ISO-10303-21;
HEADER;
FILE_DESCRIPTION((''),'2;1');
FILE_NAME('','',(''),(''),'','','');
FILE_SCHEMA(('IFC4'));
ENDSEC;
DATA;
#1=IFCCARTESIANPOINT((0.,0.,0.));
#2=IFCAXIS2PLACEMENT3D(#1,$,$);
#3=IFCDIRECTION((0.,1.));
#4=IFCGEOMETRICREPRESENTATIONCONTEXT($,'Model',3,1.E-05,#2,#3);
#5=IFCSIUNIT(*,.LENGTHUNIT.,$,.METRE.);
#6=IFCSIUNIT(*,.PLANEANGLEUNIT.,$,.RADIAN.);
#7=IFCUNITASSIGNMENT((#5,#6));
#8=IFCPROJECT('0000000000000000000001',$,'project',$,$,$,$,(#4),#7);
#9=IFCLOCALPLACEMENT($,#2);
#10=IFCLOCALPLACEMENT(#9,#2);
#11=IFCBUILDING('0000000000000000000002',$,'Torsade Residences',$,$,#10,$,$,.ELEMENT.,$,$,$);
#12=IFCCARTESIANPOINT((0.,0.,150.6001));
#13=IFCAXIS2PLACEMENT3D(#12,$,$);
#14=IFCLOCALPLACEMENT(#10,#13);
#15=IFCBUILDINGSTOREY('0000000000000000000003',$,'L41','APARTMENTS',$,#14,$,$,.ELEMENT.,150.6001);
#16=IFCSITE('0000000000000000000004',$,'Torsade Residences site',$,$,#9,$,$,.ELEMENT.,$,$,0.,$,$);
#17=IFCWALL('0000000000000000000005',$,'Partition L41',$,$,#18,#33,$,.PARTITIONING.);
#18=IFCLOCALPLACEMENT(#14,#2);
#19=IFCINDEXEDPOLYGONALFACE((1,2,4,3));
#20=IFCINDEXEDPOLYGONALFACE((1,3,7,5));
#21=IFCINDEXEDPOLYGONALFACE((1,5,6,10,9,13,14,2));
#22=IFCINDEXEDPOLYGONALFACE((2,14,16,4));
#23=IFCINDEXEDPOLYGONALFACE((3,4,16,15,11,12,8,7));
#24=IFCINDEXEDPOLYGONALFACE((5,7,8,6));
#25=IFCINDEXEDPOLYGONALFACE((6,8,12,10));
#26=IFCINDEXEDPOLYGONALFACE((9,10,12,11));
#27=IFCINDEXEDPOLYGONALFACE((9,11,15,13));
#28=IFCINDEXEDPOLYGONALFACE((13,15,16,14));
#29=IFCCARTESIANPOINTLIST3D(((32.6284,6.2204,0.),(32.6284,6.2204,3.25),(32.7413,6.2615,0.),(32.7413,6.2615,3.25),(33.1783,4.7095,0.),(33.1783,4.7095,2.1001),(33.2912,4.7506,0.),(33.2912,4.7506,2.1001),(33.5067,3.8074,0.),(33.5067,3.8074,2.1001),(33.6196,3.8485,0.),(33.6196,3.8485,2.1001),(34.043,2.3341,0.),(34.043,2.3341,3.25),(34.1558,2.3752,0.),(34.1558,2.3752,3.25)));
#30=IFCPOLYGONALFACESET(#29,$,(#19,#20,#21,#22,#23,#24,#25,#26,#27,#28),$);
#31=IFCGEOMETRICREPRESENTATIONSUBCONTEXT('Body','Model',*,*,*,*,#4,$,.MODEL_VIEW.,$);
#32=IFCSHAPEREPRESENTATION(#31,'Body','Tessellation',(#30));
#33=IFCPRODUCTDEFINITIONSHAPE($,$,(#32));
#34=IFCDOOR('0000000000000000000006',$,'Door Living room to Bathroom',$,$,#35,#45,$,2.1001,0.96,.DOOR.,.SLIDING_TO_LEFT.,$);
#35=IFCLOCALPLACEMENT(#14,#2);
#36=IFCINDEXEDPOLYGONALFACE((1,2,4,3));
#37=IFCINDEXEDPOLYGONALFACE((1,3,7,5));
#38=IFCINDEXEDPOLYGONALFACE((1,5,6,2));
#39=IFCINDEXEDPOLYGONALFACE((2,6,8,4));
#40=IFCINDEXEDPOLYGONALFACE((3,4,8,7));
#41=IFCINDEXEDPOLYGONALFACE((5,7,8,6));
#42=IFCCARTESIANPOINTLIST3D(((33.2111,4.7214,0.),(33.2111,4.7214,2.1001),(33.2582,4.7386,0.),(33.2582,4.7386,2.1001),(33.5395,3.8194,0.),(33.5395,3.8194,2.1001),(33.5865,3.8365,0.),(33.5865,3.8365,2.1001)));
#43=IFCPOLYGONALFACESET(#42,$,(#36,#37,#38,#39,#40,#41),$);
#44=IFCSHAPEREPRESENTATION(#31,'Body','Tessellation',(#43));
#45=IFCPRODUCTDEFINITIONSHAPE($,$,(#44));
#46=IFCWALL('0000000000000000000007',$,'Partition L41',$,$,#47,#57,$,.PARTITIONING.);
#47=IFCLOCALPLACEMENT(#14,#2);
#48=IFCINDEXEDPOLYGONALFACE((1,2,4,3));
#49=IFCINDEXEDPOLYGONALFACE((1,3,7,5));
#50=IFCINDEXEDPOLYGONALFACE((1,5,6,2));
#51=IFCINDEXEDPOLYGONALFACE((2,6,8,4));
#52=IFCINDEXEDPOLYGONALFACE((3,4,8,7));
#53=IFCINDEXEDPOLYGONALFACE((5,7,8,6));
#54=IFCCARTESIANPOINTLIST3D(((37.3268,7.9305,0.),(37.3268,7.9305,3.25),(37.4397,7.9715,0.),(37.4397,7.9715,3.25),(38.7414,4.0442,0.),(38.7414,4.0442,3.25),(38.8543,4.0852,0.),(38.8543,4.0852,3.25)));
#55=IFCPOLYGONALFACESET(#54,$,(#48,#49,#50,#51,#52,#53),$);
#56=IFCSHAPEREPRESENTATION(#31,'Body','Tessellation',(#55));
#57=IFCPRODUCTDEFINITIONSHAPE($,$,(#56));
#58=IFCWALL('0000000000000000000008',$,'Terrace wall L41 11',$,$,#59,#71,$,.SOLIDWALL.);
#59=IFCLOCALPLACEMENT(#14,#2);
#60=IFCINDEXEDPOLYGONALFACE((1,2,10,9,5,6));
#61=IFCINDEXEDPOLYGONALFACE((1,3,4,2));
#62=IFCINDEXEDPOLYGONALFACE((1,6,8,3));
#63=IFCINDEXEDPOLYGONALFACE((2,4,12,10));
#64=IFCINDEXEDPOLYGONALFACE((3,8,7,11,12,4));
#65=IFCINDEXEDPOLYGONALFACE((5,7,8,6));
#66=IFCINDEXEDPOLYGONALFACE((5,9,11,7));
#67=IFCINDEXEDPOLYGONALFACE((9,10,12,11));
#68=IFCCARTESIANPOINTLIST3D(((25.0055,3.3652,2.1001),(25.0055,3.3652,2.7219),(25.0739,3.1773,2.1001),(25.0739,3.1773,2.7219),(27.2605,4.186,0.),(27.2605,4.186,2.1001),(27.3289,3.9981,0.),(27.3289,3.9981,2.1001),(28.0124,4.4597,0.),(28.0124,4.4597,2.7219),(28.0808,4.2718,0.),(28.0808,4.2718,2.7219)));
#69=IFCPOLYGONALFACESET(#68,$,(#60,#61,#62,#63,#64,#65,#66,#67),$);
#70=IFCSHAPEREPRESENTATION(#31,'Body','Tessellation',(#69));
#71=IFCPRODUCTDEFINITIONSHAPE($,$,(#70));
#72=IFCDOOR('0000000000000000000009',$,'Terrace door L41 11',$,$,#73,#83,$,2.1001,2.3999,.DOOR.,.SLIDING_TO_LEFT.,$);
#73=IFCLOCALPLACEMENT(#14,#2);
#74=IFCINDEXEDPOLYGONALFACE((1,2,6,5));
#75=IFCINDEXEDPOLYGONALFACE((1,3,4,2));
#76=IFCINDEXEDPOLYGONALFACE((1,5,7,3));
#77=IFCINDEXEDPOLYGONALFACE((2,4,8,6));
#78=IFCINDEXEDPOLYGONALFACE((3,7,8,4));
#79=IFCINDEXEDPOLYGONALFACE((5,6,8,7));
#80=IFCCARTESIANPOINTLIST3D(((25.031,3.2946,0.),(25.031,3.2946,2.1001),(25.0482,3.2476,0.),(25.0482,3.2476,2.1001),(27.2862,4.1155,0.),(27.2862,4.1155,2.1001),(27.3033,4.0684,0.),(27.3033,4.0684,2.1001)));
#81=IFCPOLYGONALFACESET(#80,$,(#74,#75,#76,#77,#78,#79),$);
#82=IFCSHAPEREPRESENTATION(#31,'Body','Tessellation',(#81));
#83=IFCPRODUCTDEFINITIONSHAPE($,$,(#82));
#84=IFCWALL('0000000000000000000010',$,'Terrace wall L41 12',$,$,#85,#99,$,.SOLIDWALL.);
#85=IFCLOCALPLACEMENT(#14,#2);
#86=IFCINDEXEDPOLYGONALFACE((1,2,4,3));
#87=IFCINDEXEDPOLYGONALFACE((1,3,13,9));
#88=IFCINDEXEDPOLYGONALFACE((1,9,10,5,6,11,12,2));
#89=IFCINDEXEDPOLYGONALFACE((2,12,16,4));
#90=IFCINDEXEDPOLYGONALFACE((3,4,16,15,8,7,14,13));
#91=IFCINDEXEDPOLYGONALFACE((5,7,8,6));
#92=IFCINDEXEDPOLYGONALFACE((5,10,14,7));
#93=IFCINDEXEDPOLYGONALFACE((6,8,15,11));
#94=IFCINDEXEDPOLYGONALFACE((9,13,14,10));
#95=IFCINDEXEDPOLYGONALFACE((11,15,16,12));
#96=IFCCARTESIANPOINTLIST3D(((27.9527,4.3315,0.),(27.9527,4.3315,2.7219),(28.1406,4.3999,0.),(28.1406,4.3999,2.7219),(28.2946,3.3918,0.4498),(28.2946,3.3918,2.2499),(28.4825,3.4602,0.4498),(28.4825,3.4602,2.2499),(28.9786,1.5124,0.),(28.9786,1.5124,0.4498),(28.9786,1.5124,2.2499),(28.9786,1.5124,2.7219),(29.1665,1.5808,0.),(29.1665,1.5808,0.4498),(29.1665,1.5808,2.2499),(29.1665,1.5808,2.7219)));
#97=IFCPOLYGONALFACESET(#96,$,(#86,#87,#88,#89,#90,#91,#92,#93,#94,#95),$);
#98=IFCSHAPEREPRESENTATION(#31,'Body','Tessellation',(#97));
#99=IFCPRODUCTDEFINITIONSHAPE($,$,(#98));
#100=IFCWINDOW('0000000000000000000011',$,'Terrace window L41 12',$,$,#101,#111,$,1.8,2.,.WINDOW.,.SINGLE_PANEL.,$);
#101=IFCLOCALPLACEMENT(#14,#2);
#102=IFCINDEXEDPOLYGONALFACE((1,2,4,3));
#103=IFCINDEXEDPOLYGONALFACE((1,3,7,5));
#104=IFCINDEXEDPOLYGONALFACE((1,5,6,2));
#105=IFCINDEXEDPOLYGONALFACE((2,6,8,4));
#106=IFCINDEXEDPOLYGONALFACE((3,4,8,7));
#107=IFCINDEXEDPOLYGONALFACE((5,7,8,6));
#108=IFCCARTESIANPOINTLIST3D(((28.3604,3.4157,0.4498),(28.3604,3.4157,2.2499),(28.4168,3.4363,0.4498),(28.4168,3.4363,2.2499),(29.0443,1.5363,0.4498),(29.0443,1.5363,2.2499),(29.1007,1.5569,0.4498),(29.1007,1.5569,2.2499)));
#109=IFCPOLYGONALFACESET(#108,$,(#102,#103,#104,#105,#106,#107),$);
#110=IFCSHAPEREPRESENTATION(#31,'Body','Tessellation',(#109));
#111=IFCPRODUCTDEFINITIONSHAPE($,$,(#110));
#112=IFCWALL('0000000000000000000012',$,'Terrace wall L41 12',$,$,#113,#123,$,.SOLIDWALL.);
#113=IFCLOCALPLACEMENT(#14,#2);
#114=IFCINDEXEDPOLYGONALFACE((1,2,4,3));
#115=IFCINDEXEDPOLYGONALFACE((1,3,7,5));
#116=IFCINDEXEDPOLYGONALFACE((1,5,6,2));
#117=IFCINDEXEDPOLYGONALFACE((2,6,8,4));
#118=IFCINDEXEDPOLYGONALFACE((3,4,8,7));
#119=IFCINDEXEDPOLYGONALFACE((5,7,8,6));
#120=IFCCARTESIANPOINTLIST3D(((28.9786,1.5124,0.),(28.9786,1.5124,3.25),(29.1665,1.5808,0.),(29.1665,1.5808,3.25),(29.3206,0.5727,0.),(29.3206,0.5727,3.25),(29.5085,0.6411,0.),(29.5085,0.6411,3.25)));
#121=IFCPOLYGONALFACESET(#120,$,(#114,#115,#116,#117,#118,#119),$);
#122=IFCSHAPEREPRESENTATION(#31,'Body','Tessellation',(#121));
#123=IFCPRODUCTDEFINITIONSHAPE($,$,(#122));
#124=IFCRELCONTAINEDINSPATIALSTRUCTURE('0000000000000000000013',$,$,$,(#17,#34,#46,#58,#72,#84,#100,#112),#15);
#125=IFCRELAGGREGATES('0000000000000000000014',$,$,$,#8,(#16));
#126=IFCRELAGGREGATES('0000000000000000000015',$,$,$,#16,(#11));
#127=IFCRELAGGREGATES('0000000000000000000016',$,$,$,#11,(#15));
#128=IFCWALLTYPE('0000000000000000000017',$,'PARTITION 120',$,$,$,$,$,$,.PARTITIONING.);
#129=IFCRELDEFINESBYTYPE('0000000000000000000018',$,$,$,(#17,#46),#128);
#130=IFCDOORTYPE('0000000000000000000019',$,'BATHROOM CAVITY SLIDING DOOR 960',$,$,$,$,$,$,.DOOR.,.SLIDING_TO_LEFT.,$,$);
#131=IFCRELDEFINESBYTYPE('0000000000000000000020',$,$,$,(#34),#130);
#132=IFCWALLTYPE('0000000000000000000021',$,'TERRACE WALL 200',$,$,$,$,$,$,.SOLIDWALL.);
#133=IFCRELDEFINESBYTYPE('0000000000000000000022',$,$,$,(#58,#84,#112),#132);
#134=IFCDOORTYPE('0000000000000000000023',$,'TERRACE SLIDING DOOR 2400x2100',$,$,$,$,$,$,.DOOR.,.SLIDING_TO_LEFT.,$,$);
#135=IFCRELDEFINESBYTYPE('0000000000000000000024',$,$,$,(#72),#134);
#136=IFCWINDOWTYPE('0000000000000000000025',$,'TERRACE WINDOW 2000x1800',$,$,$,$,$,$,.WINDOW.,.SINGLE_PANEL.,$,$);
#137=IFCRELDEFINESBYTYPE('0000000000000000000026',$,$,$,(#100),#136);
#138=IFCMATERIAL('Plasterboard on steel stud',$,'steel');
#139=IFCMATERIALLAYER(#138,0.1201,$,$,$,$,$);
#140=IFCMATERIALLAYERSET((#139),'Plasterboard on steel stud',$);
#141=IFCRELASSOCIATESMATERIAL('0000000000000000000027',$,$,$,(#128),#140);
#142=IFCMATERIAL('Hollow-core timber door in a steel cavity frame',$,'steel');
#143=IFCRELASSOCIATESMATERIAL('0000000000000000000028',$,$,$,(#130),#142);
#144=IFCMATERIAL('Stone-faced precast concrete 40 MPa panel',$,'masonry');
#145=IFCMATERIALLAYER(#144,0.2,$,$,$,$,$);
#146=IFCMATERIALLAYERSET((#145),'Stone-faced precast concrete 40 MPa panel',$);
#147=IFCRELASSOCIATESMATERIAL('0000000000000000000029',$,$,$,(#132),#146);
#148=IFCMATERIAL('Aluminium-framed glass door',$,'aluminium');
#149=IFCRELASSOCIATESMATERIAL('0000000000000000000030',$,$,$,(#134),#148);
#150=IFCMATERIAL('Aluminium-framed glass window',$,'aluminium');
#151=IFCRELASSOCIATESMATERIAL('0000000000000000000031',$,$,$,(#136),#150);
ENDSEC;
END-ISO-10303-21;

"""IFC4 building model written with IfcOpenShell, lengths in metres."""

from ifc_helpers import new_model, si_unit, direction, frame, frame_2d, origin, place, context, subcontext, project, spatial, rectangle, extrude, material, layer, layer_set, type_object, element, fill, save


model = new_model("IFC4")

# Units and contexts
model_context = context("Model", 3, precision=1e-05, world=origin(), true_north=direction((0.0, 1.0)))
body_context = subcontext(model_context, "Body", "Model", "MODEL_VIEW")
ifc_project = project(units=[si_unit("LENGTHUNIT", "METRE"), si_unit("PLANEANGLEUNIT", "RADIAN")], contexts=[model_context])

# Site, building, storey
site_placement = place(None, origin())
site = spatial("IfcSite", under=ifc_project, at=site_placement, Name="Torsade Residences site", CompositionType="ELEMENT", RefElevation=0.0)
building_placement = place(site_placement, origin())
building = spatial("IfcBuilding", under=site, at=building_placement, Name="Torsade Residences", CompositionType="ELEMENT")
storey_placement = place(building_placement, frame((0.0, 0.0, 150.6001)))
storey = spatial("IfcBuildingStorey", under=building, at=storey_placement, Name="L41", Description="APARTMENTS", CompositionType="ELEMENT", Elevation=150.6001)

# Shared definitions
ifc_material_1 = material(Name="Plasterboard on steel stud", Category="steel")
ifc_layer_1 = layer(ifc_material_1, 0.1201)
ifc_layer_set_1 = layer_set([ifc_layer_1], Name="Plasterboard on steel stud")
wall_type_1 = type_object("IfcWallType", Name="PARTITION 120", PredefinedType="PARTITIONING", material=ifc_layer_set_1)

# Shared definitions
ifc_material_2 = material(Name="Hollow-core timber door in a steel cavity frame", Category="steel")
door_type_1 = type_object("IfcDoorType", Name="BATHROOM CAVITY SLIDING DOOR 960", OperationType="SLIDING_TO_LEFT", PredefinedType="DOOR", material=ifc_material_2)

# Wall, opening, door
wall_1_placement = place(storey_placement, frame((32.6848, 6.241, 0.0), z_axis=(0.0, 0.0, 1.0), x_axis=(0.342037, -0.939687, 0.0)))
wall_1 = element("IfcWall", 1, at=wall_1_placement, inside=storey, type_object=wall_type_1, Name="Partition L41", PredefinedType="PARTITIONING", context=body_context, shape_type="SweptSolid", body=[
    extrude(rectangle(XDim=4.1357, YDim=0.1201, at=frame_2d((2.0679, 0.0))), origin(), (0.0, 0.0, 1.0), 3.25),
])
opening_1_placement = place(wall_1_placement, frame((1.6079, 0.0, 0.0)))
opening_1 = element("IfcOpeningElement", 2, at=opening_1_placement, cuts=wall_1, PredefinedType="OPENING", context=body_context, shape_type="SweptSolid", body=[
    extrude(rectangle(XDim=0.96, YDim=2.1001, at=frame_2d((0.48, 1.05))), frame((0.0, 0.0701, 0.0), z_axis=(0.0, -1.0, 0.0), x_axis=(1.0, 0.0, 0.0)), (0.0, 0.0, 1.0), 0.1401),
])
door_1_placement = place(opening_1_placement, origin())
door_1 = element("IfcDoor", 3, at=door_1_placement, inside=storey, type_object=door_type_1, Name="Door Living room to Bathroom", OperationType="SLIDING_TO_LEFT", OverallHeight=2.1001, OverallWidth=0.96, PredefinedType="DOOR", context=body_context, shape_type="SweptSolid", body=[
    extrude(rectangle(XDim=0.96, YDim=2.1001, at=frame_2d((0.48, 1.05))), frame((0.0, 0.0249, 0.0), z_axis=(0.0, -1.0, 0.0), x_axis=(1.0, 0.0, 0.0)), (0.0, 0.0, 1.0), 0.05),
])
fill(opening_1, door_1)

# Wall
wall_2_placement = place(storey_placement, frame((38.7979, 4.0647, 0.0), z_axis=(0.0, 0.0, 1.0), x_axis=(-0.342037, 0.939687, 0.0)))
element("IfcWall", 4, at=wall_2_placement, inside=storey, type_object=wall_type_1, Name="Partition L41", PredefinedType="PARTITIONING", context=body_context, shape_type="SweptSolid", body=[
    extrude(rectangle(XDim=4.1357, YDim=0.1201, at=frame_2d((2.0679, 0.0))), origin(), (0.0, 0.0, 1.0), 3.25),
])

# Wall, opening, door
ifc_material_3 = material(Name="Stone-faced precast concrete 40 MPa panel", Category="masonry")
ifc_layer_2 = layer(ifc_material_3, 0.2)
ifc_layer_set_2 = layer_set([ifc_layer_2], Name="Stone-faced precast concrete 40 MPa panel")
wall_type_2 = type_object("IfcWallType", Name="TERRACE WALL 200", PredefinedType="SOLIDWALL", material=ifc_layer_set_2)
wall_3_placement = place(storey_placement, frame((25.0396, 3.2712, 0.0), z_axis=(0.0, 0.0, 1.0), x_axis=(0.939693, 0.342019, 0.0)))
wall_3 = element("IfcWall", 5, at=wall_3_placement, inside=storey, type_object=wall_type_2, Name="Terrace wall L41 11", PredefinedType="SOLIDWALL", context=body_context, shape_type="SweptSolid", body=[
    extrude(rectangle(XDim=3.2, YDim=0.2, at=frame_2d((1.6001, 0.0))), origin(), (0.0, 0.0, 1.0), 2.7219),
])
opening_2_placement = place(wall_3_placement, origin())
opening_2 = element("IfcOpeningElement", 6, at=opening_2_placement, cuts=wall_3, PredefinedType="OPENING", context=body_context, shape_type="SweptSolid", body=[
    extrude(rectangle(XDim=2.3999, YDim=2.1001, at=frame_2d((1.2, 1.05))), frame((0.0, 0.1099, 0.0), z_axis=(0.0, -1.0, 0.0), x_axis=(1.0, 0.0, 0.0)), (0.0, 0.0, 1.0), 0.22),
])
ifc_material_4 = material(Name="Aluminium-framed glass door", Category="aluminium")
door_type_2 = type_object("IfcDoorType", Name="TERRACE SLIDING DOOR 2400x2100", OperationType="SLIDING_TO_LEFT", PredefinedType="DOOR", material=ifc_material_4)
door_2_placement = place(opening_2_placement, origin())
door_2 = element("IfcDoor", 7, at=door_2_placement, inside=storey, type_object=door_type_2, Name="Terrace door L41 11", OperationType="SLIDING_TO_LEFT", OverallHeight=2.1001, OverallWidth=2.3999, PredefinedType="DOOR", context=body_context, shape_type="SweptSolid", body=[
    extrude(rectangle(XDim=2.3999, YDim=2.1001, at=frame_2d((1.2, 1.05))), frame((0.0, 0.0249, 0.0), z_axis=(0.0, -1.0, 0.0), x_axis=(1.0, 0.0, 0.0)), (0.0, 0.0, 1.0), 0.05),
])
fill(opening_2, door_2)

# Wall, opening, window
wall_4_placement = place(storey_placement, frame((28.0466, 4.3657, 0.0), z_axis=(0.0, 0.0, 1.0), x_axis=(0.341965, -0.939713, 0.0)))
wall_4 = element("IfcWall", 8, at=wall_4_placement, inside=storey, type_object=wall_type_2, Name="Terrace wall L41 12", PredefinedType="SOLIDWALL", context=body_context, shape_type="SweptSolid", body=[
    extrude(rectangle(XDim=3.0, YDim=0.2, at=frame_2d((1.5, 0.0))), origin(), (0.0, 0.0, 1.0), 2.7219),
])
opening_3_placement = place(wall_4_placement, frame((1.0, 0.0, 0.45)))
opening_3 = element("IfcOpeningElement", 9, at=opening_3_placement, cuts=wall_4, PredefinedType="OPENING", context=body_context, shape_type="SweptSolid", body=[
    extrude(rectangle(XDim=2.0, YDim=1.8, at=frame_2d((1.0, 0.8999))), frame((0.0, 0.1099, 0.0), z_axis=(0.0, -1.0, 0.0), x_axis=(1.0, 0.0, 0.0)), (0.0, 0.0, 1.0), 0.22),
])
ifc_material_5 = material(Name="Aluminium-framed glass window", Category="aluminium")
window_type = type_object("IfcWindowType", Name="TERRACE WINDOW 2000x1800", PartitioningType="SINGLE_PANEL", PredefinedType="WINDOW", material=ifc_material_5)
window_placement = place(opening_3_placement, origin())
window = element("IfcWindow", 10, at=window_placement, inside=storey, type_object=window_type, Name="Terrace window L41 12", OverallHeight=1.8, OverallWidth=2.0, PartitioningType="SINGLE_PANEL", PredefinedType="WINDOW", context=body_context, shape_type="SweptSolid", body=[
    extrude(rectangle(XDim=2.0, YDim=1.8, at=frame_2d((1.0, 0.8999))), frame((0.0, 0.03, 0.0), z_axis=(0.0, -1.0, 0.0), x_axis=(1.0, 0.0, 0.0)), (0.0, 0.0, 1.0), 0.0601),
])
fill(opening_3, window)

# Wall
wall_5_placement = place(storey_placement, frame((29.0725, 1.5466, 0.0), z_axis=(0.0, 0.0, 1.0), x_axis=(0.342037, -0.939686, 0.0)))
element("IfcWall", 11, at=wall_5_placement, inside=storey, type_object=wall_type_2, Name="Terrace wall L41 12", PredefinedType="SOLIDWALL", context=body_context, shape_type="SweptSolid", body=[
    extrude(rectangle(XDim=1.0, YDim=0.2, at=frame_2d((0.5, 0.0))), origin(), (0.0, 0.0, 1.0), 3.25),
])

save(model, "model.ifc")
